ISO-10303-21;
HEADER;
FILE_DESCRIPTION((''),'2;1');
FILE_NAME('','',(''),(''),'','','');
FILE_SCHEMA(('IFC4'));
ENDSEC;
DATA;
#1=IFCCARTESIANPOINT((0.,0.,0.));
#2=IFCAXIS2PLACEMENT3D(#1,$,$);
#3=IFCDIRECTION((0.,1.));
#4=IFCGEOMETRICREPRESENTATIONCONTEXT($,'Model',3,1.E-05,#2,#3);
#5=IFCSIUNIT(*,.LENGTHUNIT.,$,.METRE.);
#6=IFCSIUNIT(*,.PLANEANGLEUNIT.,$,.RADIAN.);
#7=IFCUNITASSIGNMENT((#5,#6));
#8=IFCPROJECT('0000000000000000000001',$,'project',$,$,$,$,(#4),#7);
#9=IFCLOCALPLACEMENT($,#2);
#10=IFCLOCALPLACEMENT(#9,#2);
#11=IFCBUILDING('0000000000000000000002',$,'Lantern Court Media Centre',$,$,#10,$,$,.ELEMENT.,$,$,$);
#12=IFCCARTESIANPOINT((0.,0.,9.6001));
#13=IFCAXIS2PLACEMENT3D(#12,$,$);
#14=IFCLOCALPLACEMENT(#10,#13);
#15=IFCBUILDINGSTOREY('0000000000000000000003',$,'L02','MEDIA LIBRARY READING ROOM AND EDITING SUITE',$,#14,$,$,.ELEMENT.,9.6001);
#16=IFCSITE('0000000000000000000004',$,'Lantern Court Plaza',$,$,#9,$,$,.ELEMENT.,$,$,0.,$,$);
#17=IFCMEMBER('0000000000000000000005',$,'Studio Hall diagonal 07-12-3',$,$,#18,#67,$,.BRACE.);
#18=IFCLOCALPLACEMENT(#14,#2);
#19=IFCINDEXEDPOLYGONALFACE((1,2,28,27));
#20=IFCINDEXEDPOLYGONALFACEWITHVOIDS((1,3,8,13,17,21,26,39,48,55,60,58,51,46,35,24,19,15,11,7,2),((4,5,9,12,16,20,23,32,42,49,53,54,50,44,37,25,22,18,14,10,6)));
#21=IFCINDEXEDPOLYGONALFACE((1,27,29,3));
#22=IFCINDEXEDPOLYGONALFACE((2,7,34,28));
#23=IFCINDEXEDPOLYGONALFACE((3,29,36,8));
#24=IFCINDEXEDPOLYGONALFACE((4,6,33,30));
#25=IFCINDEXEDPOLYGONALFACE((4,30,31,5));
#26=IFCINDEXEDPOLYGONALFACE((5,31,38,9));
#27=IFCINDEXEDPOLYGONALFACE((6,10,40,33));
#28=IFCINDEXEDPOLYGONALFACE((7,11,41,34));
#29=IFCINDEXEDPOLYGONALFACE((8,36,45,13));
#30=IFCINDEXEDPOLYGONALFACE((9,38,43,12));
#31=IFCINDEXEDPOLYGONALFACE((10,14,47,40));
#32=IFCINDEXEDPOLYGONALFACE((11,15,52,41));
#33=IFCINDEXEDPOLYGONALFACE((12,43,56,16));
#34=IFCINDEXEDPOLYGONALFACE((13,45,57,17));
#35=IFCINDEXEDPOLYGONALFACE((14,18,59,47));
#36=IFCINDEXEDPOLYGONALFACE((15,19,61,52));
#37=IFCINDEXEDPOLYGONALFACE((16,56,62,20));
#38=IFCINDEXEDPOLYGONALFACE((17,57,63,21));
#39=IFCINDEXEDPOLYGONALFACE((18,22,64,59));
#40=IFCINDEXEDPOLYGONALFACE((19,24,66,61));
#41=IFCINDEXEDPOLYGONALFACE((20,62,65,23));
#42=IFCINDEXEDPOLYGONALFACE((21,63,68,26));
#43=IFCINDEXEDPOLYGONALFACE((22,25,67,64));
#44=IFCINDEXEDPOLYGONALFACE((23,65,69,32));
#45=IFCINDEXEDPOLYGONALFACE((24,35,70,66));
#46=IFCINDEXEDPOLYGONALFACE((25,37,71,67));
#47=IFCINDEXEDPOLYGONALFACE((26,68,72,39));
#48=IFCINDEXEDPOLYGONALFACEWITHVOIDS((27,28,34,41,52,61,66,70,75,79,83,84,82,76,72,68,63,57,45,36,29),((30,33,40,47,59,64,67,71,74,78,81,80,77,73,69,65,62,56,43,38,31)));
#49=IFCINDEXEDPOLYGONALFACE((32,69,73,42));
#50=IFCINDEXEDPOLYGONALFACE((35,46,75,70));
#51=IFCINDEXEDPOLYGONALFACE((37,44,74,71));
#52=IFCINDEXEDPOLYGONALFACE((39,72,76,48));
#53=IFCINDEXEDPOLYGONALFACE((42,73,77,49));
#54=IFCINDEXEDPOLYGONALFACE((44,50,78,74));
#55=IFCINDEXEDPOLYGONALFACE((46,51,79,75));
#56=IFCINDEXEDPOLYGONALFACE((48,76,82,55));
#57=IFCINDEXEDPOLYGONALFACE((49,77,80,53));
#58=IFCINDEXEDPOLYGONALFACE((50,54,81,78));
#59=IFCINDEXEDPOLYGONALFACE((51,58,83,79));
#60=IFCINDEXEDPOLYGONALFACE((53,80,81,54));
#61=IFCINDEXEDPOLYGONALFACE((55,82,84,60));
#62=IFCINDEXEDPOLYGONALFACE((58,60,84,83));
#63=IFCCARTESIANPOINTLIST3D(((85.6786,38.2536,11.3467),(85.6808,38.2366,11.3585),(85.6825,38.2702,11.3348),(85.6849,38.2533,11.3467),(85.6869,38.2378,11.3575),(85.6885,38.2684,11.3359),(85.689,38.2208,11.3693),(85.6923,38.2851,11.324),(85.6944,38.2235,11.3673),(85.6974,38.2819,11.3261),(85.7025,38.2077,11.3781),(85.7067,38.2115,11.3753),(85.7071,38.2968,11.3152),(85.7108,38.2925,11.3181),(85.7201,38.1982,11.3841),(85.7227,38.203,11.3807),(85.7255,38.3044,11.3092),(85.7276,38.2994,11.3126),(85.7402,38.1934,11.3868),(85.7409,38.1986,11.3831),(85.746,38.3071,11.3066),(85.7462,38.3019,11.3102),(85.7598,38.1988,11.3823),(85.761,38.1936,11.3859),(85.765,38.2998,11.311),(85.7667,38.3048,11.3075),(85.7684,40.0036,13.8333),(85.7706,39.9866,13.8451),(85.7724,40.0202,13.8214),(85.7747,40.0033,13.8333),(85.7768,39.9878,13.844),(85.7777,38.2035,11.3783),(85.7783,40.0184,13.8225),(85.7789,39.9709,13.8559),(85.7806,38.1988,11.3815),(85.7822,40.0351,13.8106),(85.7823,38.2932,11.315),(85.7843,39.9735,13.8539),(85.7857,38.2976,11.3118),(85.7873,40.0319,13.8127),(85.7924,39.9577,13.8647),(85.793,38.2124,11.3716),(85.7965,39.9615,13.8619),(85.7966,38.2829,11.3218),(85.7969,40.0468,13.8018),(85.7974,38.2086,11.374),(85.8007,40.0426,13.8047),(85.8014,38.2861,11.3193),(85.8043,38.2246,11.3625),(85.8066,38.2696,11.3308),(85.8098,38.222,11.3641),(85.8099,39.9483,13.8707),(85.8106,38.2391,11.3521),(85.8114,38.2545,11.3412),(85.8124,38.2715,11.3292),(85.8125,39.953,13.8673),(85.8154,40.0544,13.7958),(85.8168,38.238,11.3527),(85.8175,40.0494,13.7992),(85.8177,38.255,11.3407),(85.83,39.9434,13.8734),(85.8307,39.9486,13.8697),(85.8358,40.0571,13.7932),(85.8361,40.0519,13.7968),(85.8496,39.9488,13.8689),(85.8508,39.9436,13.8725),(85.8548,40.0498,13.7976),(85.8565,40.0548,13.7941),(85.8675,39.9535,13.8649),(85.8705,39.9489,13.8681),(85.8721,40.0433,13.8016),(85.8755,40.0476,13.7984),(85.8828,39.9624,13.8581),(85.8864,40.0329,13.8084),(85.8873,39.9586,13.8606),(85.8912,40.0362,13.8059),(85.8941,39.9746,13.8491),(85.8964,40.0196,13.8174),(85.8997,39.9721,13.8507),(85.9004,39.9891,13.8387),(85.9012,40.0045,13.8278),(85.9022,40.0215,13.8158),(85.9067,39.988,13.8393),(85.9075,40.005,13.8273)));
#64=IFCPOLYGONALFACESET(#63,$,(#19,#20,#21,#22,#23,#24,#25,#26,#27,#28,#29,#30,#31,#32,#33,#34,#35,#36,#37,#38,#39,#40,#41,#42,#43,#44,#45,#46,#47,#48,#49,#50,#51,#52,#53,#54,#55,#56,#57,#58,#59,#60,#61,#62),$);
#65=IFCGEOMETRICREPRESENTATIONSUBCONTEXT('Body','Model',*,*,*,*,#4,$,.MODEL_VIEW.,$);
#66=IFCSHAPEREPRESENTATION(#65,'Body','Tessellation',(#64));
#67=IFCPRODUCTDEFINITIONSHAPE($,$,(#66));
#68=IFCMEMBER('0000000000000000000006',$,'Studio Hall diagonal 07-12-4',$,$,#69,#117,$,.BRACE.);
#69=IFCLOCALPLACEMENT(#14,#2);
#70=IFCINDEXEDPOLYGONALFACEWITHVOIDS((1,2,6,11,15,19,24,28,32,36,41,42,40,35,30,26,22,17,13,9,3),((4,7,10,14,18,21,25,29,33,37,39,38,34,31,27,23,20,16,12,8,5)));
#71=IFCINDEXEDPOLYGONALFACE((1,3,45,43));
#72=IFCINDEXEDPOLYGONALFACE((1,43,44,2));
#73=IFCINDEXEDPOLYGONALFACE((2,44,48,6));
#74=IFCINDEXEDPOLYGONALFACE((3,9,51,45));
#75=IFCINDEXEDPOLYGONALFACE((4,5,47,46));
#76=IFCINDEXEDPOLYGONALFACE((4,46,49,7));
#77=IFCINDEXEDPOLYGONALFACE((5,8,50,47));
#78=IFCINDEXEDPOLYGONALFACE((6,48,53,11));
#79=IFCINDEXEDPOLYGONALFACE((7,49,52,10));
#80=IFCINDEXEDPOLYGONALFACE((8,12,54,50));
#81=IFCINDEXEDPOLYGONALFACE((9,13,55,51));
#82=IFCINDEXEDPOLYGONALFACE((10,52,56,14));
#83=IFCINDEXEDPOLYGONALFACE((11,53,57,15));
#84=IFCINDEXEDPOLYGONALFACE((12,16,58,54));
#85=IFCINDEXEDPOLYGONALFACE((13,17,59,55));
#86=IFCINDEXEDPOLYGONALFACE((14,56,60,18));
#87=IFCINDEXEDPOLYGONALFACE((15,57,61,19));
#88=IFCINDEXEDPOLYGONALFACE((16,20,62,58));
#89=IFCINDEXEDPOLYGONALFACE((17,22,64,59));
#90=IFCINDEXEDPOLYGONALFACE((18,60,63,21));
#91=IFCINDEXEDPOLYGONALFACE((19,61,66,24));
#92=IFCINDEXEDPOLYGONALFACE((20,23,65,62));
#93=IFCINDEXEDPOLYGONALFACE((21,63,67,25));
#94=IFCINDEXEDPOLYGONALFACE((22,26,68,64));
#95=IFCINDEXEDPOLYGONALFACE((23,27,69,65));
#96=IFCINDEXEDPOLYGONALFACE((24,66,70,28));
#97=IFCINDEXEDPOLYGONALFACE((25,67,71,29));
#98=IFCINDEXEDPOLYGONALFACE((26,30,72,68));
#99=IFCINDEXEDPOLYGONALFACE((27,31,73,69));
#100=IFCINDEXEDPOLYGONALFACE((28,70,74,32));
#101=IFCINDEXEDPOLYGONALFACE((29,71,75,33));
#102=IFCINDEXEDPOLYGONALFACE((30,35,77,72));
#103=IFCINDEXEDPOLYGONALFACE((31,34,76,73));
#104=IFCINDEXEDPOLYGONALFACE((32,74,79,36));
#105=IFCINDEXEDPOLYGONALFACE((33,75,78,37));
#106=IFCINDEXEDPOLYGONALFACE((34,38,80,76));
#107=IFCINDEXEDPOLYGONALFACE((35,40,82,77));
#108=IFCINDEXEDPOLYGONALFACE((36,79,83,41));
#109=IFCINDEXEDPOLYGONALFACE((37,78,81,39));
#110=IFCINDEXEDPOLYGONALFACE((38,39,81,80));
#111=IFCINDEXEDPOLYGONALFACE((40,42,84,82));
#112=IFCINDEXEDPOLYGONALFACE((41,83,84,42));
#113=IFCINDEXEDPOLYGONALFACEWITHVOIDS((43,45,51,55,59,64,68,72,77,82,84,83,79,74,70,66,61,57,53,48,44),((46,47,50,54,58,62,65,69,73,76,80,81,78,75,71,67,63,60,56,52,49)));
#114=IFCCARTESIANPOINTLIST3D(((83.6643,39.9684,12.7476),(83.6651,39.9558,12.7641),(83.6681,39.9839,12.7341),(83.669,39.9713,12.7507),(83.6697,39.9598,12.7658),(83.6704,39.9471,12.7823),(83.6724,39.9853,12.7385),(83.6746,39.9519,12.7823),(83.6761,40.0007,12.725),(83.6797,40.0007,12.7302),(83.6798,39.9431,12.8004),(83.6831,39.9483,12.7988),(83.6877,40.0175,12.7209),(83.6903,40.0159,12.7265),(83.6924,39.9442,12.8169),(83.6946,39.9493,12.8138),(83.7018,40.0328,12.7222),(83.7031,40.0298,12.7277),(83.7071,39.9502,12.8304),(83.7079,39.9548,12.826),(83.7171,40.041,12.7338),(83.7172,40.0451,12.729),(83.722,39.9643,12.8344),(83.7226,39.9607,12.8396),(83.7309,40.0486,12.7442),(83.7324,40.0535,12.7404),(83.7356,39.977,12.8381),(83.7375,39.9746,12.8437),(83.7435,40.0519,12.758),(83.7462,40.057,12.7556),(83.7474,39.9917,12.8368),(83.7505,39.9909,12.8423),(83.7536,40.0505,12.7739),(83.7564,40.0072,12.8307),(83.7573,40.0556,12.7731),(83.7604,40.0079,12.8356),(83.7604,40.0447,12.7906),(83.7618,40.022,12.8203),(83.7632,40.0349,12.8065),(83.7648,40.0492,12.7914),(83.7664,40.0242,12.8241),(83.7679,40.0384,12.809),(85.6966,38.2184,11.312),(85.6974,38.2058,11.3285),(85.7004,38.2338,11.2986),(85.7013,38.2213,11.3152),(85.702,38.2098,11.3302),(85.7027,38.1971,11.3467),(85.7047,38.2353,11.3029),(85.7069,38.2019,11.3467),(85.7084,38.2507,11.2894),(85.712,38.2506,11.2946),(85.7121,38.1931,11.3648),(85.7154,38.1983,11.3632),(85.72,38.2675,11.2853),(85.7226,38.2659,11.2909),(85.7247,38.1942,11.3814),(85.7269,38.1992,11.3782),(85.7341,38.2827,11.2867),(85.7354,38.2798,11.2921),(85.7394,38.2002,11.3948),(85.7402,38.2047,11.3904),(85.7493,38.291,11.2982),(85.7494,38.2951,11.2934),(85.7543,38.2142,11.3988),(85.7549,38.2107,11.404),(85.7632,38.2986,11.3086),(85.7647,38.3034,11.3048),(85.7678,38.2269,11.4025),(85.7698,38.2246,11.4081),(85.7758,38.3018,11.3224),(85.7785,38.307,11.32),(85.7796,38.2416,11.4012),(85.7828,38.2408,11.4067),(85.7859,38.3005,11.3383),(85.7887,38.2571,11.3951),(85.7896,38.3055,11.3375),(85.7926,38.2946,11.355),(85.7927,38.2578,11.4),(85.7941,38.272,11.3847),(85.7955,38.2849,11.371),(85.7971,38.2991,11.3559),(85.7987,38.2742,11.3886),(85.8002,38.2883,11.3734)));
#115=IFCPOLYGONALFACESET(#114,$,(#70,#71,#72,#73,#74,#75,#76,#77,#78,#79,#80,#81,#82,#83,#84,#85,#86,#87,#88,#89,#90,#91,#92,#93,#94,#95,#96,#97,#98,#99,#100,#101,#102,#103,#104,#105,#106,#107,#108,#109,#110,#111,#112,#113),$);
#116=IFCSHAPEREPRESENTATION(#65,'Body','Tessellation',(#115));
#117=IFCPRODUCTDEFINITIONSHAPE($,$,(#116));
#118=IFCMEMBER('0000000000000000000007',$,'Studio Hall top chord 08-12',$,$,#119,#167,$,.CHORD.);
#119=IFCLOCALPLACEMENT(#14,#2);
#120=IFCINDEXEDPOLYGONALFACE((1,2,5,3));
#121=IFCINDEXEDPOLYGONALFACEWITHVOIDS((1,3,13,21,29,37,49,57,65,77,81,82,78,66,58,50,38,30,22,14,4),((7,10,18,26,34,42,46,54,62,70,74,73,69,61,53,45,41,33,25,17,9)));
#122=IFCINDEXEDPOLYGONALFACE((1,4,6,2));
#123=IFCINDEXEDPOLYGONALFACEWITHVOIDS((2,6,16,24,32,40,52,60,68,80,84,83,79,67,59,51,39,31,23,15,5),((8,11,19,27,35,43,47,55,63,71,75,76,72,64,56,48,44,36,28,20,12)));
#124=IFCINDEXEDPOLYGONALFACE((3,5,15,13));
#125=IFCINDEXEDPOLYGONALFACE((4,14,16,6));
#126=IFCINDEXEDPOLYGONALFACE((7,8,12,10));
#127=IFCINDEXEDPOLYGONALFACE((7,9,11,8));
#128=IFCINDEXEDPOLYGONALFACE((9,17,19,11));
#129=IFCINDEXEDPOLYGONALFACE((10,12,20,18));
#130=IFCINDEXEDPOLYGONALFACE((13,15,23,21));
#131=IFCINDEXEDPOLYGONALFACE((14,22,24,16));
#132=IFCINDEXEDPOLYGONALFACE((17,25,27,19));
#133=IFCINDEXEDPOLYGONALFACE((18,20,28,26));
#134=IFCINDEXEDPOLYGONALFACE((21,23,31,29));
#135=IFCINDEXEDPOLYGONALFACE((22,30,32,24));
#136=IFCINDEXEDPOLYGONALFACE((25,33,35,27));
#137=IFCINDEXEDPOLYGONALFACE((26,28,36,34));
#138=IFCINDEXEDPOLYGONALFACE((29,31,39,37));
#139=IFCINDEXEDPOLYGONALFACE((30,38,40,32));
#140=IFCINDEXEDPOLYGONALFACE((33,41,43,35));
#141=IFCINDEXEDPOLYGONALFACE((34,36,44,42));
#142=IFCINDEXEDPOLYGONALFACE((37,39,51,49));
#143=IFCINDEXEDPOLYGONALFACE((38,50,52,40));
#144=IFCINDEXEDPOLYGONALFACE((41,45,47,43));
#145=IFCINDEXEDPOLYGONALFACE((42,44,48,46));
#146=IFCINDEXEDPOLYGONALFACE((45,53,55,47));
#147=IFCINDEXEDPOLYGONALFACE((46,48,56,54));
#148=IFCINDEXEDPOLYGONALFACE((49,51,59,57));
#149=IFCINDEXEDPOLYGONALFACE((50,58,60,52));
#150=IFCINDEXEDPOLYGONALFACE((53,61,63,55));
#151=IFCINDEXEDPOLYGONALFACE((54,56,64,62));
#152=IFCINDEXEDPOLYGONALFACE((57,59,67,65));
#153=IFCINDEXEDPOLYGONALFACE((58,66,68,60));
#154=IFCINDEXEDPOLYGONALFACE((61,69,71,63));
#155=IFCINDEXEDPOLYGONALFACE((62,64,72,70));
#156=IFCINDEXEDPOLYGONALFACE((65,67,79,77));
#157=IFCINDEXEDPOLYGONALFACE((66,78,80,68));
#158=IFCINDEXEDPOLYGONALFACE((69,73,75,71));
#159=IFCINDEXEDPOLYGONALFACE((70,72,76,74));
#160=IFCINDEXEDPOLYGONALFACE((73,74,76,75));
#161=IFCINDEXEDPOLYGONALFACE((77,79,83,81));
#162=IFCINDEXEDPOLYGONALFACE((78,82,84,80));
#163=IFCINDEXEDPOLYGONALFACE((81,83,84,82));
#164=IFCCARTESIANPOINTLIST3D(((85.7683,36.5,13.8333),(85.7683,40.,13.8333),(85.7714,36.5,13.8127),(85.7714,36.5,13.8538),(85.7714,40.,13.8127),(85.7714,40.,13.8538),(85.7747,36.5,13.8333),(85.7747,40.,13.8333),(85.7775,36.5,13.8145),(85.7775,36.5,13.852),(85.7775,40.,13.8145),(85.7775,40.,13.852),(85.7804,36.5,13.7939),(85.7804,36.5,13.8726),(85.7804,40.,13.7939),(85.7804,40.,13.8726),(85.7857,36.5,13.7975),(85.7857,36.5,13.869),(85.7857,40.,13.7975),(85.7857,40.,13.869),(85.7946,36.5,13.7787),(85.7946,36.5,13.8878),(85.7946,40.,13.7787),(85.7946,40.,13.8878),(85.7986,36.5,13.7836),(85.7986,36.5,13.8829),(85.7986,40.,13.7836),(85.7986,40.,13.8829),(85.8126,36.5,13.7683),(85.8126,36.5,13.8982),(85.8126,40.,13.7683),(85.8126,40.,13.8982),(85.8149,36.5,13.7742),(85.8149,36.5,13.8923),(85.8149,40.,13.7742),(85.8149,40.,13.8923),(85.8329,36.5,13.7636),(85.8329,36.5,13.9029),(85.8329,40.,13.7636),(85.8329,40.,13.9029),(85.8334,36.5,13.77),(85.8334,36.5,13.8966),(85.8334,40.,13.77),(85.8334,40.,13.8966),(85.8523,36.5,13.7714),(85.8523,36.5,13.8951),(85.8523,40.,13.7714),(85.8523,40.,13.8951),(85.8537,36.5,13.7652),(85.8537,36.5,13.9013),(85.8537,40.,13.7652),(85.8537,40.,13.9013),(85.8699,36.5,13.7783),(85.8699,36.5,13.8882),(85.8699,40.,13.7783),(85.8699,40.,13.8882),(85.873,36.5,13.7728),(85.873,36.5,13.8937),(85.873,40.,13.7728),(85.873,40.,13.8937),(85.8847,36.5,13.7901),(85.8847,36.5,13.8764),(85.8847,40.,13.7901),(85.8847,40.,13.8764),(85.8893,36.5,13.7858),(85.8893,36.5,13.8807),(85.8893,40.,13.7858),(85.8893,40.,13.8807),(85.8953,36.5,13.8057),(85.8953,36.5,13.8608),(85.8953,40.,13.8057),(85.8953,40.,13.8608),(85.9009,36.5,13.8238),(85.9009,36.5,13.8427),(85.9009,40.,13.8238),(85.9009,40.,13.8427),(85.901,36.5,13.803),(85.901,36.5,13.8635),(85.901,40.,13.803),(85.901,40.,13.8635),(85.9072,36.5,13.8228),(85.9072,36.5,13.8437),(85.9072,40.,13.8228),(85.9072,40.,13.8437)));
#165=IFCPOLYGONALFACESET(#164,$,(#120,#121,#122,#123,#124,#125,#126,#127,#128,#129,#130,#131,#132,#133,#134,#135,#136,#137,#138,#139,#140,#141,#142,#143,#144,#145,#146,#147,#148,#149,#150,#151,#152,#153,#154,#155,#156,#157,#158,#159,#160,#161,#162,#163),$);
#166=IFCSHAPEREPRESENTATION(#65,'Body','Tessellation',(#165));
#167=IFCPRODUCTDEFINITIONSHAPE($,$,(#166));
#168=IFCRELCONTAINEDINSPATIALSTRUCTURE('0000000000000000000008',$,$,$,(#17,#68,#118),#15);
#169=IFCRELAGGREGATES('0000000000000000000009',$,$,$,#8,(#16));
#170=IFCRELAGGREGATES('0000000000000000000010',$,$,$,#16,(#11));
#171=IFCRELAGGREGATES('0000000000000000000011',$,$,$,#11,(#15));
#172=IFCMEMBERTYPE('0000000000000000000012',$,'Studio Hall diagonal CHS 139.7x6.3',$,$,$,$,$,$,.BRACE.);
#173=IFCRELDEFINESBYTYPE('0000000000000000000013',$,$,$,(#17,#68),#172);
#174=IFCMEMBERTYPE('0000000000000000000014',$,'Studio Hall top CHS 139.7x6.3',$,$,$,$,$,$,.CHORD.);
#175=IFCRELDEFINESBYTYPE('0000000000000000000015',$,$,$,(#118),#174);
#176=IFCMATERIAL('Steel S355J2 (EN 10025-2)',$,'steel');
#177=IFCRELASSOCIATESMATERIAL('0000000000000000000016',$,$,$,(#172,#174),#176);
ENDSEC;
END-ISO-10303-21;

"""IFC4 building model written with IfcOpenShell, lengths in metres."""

from ifc_helpers import new_model, si_unit, direction, frame, origin, origin_2d, place, context, subcontext, project, spatial, hollow_circle, extrude, material, material_profile, profile_set, type_object, element, save


model = new_model("IFC4")

# Units and contexts
model_context = context("Model", 3, precision=1e-05, world=origin(), true_north=direction((0.0, 1.0)))
body_context = subcontext(model_context, "Body", "Model", "MODEL_VIEW")
ifc_project = project(units=[si_unit("LENGTHUNIT", "METRE"), si_unit("PLANEANGLEUNIT", "RADIAN")], contexts=[model_context])

# Site, building, storey
site_placement = place(None, origin())
site = spatial("IfcSite", under=ifc_project, at=site_placement, Name="Lantern Court Plaza", CompositionType="ELEMENT", RefElevation=0.0)
building_placement = place(site_placement, origin())
building = spatial("IfcBuilding", under=site, at=building_placement, Name="Lantern Court Media Centre", CompositionType="ELEMENT")
storey_placement = place(building_placement, frame((0.0, 0.0, 9.6001)))
storey = spatial("IfcBuildingStorey", under=building, at=storey_placement, Name="L02", Description="MEDIA LIBRARY READING ROOM AND EDITING SUITE", CompositionType="ELEMENT", Elevation=9.6001)

# Members
ifc_material = material(Name="Steel S355J2 (EN 10025-2)", Category="steel")
ifc_material_profile_1 = material_profile(ifc_material, hollow_circle(Radius=0.0698, WallThickness=0.0063, at=origin_2d()), Name="Studio Hall diagonal CHS 139.7x6.3")
ifc_profile_set_1 = profile_set([ifc_material_profile_1], Name="Steel S355J2 (EN 10025-2)")
member_type_1 = type_object("IfcMemberType", Name="Studio Hall diagonal CHS 139.7x6.3", PredefinedType="BRACE", material=ifc_profile_set_1)
for number, where, z_axis, x_axis, name in (
    (1, (85.7483, 38.25, 11.3467), (0.029535, 0.575284, 0.81742), (-0.998685, 0.051272, 0.0), "Studio Hall diagonal 07-12-3"),
    (2, (85.7483, 38.25, 11.3467), (-0.668075, 0.575296, 0.471922), (-0.652529, -0.757764, 0.0), "Studio Hall diagonal 07-12-4"),
):
    element("IfcMember", number, at=place(storey_placement, frame(where, z_axis=z_axis, x_axis=x_axis)), inside=storey, type_object=member_type_1, Name=name, PredefinedType="BRACE", context=body_context, shape_type="SweptSolid", body=[
        extrude(hollow_circle(Radius=0.0698, WallThickness=0.0063, at=origin_2d()), origin(), (0.0, 0.0, 1.0), 3.042),
    ])
ifc_material_profile_2 = material_profile(ifc_material, hollow_circle(Radius=0.0698, WallThickness=0.0063, at=origin_2d()), Name="Studio Hall top CHS 139.7x6.3")
ifc_profile_set_2 = profile_set([ifc_material_profile_2], Name="Steel S355J2 (EN 10025-2)")
member_type_2 = type_object("IfcMemberType", Name="Studio Hall top CHS 139.7x6.3", PredefinedType="CHORD", material=ifc_profile_set_2)
for number, where, z_axis, x_axis, name in (
    (3, (85.8381, 36.5, 13.8333), (0.0, 1.0, 0.0), (-1.0, 0.0, 0.0), "Studio Hall top chord 08-12"),
):
    element("IfcMember", number, at=place(storey_placement, frame(where, z_axis=z_axis, x_axis=x_axis)), inside=storey, type_object=member_type_2, Name=name, PredefinedType="CHORD", context=body_context, shape_type="SweptSolid", body=[
        extrude(hollow_circle(Radius=0.0698, WallThickness=0.0063, at=origin_2d()), origin(), (0.0, 0.0, 1.0), 3.5),
    ])

save(model, "model.ifc")
